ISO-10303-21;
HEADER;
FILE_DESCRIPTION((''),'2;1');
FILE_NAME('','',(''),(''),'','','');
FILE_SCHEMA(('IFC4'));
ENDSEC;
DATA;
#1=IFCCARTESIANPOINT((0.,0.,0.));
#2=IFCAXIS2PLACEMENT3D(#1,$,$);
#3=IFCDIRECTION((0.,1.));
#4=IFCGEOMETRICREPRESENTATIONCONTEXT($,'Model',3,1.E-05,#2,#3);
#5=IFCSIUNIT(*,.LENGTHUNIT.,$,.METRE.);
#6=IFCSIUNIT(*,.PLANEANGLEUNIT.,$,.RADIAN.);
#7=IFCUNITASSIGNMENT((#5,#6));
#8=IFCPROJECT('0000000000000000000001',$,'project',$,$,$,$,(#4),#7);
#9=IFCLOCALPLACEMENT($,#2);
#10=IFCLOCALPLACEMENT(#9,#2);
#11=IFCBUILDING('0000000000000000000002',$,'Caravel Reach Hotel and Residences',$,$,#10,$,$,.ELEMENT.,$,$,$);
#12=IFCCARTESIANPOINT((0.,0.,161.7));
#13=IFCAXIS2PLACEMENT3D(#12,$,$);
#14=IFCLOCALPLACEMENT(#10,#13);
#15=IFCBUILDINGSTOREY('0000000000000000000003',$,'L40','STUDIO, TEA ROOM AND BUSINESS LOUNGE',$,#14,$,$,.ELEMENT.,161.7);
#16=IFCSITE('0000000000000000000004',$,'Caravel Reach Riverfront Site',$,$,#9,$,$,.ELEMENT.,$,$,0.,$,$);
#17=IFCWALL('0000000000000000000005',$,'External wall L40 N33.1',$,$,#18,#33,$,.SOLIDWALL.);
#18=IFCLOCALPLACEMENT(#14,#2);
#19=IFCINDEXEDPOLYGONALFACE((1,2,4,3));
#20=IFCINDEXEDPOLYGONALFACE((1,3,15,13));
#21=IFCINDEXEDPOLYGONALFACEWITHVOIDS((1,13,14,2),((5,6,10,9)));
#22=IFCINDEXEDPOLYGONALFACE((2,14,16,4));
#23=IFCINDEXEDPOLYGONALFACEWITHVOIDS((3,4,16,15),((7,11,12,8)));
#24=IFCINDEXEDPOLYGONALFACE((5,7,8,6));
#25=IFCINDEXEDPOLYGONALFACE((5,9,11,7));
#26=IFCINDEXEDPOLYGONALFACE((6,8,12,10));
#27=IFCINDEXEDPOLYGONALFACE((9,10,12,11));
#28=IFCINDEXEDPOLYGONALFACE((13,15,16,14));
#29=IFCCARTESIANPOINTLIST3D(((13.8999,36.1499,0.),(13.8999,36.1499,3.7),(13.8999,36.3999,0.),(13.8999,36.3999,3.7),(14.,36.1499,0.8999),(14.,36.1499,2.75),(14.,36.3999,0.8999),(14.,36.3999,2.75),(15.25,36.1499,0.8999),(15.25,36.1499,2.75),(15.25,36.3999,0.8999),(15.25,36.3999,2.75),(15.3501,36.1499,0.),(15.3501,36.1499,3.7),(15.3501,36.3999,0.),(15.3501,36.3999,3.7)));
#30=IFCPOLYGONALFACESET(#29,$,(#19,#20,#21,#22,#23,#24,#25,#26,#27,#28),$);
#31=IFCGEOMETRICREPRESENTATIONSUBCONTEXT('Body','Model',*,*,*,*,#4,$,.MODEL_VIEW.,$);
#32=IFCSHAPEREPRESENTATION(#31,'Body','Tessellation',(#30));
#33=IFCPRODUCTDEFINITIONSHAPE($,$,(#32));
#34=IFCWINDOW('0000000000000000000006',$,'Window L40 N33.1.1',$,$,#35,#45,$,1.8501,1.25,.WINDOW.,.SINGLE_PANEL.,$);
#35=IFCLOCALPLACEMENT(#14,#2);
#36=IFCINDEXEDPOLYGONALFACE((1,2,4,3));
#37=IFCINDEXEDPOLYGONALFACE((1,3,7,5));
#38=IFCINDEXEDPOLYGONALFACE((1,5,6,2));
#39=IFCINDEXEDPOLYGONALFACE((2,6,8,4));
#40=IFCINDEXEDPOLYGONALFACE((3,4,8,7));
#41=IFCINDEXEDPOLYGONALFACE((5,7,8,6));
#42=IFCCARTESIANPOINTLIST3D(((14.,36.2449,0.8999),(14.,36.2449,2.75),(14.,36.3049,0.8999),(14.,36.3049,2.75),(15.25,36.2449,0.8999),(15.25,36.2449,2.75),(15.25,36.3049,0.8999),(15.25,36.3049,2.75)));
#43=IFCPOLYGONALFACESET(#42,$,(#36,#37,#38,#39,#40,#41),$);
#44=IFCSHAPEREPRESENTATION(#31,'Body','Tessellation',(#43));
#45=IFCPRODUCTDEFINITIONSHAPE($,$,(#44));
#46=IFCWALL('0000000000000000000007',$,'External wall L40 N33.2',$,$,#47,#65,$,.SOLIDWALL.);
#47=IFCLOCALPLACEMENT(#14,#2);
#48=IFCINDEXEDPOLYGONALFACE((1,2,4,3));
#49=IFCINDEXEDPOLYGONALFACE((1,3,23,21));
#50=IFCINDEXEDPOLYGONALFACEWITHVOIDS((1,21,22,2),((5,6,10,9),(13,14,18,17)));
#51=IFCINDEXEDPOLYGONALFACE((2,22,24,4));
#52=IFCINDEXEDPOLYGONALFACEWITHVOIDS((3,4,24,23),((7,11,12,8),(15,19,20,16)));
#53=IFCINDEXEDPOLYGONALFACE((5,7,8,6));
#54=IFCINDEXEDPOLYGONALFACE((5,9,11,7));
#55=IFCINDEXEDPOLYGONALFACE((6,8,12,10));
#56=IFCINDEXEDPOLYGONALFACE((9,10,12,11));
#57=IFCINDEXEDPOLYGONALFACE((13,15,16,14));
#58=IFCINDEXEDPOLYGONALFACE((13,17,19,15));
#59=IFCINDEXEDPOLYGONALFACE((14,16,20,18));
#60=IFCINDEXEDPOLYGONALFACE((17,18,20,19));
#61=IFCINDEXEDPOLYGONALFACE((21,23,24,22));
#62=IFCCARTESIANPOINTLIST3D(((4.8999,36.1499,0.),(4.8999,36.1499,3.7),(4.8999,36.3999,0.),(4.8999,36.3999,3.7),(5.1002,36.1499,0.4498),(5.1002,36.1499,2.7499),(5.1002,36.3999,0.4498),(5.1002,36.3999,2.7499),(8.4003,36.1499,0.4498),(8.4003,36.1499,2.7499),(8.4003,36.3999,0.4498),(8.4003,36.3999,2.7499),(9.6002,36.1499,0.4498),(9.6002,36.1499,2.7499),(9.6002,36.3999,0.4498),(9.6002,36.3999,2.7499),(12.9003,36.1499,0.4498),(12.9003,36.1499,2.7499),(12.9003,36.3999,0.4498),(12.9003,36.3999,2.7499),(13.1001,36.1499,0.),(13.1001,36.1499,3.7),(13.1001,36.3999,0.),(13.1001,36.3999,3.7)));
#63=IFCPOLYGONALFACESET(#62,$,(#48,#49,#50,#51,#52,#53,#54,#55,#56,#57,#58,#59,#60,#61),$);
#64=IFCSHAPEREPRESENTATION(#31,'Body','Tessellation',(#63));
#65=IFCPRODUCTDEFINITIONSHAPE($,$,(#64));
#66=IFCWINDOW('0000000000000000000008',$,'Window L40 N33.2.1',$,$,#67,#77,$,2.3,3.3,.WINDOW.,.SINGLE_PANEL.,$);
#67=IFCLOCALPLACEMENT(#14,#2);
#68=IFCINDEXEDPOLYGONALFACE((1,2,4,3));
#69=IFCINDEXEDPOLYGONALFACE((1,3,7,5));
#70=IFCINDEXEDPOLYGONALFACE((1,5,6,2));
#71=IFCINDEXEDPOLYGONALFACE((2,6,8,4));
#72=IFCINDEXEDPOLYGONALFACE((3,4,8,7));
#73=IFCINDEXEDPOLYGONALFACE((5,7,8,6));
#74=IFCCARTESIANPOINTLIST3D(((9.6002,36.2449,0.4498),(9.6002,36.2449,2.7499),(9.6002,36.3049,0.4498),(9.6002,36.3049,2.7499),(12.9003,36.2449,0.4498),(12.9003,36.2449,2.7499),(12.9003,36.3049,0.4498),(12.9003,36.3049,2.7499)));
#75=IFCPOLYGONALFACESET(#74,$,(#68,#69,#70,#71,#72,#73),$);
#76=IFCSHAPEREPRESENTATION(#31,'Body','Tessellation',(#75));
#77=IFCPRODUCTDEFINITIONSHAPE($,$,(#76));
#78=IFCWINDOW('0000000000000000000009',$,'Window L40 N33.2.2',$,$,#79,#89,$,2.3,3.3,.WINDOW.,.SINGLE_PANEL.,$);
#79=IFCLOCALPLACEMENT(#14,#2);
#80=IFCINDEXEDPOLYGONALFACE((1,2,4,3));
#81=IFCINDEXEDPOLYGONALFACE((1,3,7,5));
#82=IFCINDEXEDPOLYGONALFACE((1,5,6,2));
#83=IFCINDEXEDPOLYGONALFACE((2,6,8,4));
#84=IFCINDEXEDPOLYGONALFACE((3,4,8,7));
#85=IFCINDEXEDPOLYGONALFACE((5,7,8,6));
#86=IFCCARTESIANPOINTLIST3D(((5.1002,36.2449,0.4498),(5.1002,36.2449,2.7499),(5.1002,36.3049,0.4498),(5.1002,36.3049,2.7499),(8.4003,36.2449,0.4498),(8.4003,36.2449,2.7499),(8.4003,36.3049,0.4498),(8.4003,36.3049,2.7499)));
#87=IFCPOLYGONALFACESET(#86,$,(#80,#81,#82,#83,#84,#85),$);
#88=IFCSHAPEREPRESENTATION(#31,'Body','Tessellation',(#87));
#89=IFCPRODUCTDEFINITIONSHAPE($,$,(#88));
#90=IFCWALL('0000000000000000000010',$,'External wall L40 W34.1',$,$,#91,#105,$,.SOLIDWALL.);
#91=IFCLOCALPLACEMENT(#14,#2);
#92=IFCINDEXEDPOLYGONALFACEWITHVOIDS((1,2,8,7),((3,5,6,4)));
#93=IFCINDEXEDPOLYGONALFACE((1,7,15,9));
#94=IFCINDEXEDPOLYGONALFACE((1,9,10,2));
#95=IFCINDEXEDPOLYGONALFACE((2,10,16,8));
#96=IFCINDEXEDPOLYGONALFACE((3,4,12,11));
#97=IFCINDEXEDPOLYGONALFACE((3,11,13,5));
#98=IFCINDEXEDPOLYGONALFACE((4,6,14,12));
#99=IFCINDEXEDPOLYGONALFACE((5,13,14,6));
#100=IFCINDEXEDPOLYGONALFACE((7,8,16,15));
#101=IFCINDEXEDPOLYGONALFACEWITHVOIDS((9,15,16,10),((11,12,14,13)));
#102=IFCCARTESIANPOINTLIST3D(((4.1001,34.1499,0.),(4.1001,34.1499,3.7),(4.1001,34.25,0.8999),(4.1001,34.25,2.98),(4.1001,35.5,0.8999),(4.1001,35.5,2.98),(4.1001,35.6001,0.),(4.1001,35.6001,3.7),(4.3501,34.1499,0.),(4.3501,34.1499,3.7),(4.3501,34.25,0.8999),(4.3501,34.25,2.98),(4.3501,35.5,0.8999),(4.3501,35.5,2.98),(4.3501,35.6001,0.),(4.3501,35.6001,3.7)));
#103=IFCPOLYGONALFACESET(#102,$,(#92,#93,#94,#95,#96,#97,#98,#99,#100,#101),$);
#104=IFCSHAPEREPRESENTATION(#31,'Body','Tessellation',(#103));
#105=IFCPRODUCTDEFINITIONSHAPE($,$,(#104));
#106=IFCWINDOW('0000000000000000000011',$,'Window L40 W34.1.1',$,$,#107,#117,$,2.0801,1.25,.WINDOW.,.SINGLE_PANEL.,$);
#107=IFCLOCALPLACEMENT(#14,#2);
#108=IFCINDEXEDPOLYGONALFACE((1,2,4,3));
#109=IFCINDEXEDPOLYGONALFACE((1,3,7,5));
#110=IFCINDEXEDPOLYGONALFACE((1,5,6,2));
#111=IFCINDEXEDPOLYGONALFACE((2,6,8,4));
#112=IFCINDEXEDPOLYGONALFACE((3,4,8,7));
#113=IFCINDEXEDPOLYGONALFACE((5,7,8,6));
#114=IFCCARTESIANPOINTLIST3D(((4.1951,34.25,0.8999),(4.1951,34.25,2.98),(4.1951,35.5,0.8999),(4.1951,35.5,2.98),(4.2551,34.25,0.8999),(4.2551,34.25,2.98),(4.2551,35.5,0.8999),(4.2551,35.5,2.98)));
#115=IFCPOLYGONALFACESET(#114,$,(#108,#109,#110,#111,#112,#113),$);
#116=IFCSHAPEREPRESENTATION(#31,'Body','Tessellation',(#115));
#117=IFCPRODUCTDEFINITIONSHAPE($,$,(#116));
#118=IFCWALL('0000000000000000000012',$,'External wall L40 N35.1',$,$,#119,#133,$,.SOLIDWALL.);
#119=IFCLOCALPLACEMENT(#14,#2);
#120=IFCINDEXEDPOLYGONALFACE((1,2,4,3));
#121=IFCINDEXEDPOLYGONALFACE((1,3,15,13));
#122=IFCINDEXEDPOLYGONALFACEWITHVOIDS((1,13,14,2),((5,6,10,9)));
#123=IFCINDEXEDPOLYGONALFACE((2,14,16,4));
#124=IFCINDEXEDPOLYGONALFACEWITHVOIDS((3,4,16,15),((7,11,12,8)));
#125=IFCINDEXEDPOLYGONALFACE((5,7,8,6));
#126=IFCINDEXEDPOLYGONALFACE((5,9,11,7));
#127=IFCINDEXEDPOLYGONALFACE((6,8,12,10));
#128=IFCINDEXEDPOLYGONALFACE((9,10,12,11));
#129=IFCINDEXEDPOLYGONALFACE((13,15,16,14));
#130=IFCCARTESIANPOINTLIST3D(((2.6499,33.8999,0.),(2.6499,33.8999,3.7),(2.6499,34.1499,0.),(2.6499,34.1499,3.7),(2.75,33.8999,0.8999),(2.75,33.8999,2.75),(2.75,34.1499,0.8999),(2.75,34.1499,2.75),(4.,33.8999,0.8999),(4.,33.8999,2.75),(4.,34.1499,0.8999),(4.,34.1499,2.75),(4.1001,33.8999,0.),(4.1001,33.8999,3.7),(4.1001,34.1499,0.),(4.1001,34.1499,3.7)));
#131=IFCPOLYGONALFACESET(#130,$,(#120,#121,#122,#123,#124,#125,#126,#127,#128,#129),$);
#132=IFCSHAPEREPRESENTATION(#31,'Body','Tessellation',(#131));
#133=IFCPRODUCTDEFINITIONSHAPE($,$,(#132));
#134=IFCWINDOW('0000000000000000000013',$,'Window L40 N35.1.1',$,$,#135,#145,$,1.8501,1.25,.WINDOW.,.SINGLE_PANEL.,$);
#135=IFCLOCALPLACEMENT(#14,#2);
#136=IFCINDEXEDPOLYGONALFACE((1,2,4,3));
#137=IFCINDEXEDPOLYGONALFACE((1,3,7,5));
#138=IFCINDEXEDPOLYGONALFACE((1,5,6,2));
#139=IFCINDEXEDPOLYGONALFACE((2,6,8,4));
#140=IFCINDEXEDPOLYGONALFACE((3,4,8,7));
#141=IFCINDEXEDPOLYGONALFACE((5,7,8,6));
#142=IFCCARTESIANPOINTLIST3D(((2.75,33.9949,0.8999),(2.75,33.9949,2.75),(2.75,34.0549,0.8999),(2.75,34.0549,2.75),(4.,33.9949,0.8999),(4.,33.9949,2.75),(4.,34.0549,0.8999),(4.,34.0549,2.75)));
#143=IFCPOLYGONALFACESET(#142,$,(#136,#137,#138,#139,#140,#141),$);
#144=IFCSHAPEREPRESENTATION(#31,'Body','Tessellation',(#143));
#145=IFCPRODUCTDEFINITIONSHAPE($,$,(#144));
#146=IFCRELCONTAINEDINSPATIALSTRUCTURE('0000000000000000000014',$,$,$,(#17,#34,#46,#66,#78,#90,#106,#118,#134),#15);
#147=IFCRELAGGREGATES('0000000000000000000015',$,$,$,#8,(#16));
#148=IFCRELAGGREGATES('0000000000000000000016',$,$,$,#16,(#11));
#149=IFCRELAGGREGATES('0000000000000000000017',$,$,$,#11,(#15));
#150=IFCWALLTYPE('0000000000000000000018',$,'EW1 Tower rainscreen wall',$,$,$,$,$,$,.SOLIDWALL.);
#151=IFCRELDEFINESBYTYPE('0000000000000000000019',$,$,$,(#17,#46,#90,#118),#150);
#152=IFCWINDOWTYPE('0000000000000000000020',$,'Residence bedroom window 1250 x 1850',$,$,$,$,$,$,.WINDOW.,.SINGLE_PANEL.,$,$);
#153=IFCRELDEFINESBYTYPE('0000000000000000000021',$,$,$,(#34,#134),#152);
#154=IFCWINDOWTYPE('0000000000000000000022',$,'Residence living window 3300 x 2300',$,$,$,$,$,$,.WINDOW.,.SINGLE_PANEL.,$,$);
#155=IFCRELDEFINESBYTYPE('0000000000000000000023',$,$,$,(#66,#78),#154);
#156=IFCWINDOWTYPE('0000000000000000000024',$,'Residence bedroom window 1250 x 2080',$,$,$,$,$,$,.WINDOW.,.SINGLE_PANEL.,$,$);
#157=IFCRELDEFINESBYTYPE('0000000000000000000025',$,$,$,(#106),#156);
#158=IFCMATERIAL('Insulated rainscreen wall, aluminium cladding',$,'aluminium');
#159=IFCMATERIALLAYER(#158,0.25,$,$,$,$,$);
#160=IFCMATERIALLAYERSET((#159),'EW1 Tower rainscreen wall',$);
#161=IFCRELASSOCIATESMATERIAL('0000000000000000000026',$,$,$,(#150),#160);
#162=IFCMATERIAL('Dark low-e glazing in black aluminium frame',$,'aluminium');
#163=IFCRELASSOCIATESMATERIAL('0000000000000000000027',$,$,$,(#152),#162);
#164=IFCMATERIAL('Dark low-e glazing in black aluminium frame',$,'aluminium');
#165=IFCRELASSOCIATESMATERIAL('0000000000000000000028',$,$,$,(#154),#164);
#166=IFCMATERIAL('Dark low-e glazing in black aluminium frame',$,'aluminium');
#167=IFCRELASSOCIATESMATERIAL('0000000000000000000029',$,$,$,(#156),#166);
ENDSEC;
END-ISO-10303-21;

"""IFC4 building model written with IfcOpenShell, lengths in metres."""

from ifc_helpers import new_model, si_unit, direction, frame, frame_2d, origin, place, context, subcontext, project, spatial, rectangle, extrude, material, layer, layer_set, type_object, element, fill, save


model = new_model("IFC4")

# Units and contexts
model_context = context("Model", 3, precision=1e-05, world=origin(), true_north=direction((0.0, 1.0)))
body_context = subcontext(model_context, "Body", "Model", "MODEL_VIEW")
ifc_project = project(units=[si_unit("LENGTHUNIT", "METRE"), si_unit("PLANEANGLEUNIT", "RADIAN")], contexts=[model_context])

# Site, building, storey
site_placement = place(None, origin())
site = spatial("IfcSite", under=ifc_project, at=site_placement, Name="Caravel Reach Riverfront Site", CompositionType="ELEMENT", RefElevation=0.0)
building_placement = place(site_placement, origin())
building = spatial("IfcBuilding", under=site, at=building_placement, Name="Caravel Reach Hotel and Residences", CompositionType="ELEMENT")
storey_placement = place(building_placement, frame((0.0, 0.0, 161.7)))
storey = spatial("IfcBuildingStorey", under=building, at=storey_placement, Name="L40", Description="STUDIO, TEA ROOM AND BUSINESS LOUNGE", CompositionType="ELEMENT", Elevation=161.7)

# Wall, opening, window
ifc_material_1 = material(Name="Insulated rainscreen wall, aluminium cladding", Category="aluminium")
ifc_layer = layer(ifc_material_1, 0.25)
ifc_layer_set = layer_set([ifc_layer], Name="EW1 Tower rainscreen wall")
wall_type = type_object("IfcWallType", Name="EW1 Tower rainscreen wall", PredefinedType="SOLIDWALL", material=ifc_layer_set)
ifc_material_2 = material(Name="Dark low-e glazing in black aluminium frame", Category="aluminium")
window_type_1 = type_object("IfcWindowType", Name="Residence bedroom window 1250 x 1850", PartitioningType="SINGLE_PANEL", PredefinedType="WINDOW", material=ifc_material_2)
wall_1_placement = place(storey_placement, frame((15.3501, 36.2749, 0.0), z_axis=(0.0, 0.0, 1.0), x_axis=(-1.0, 0.0, 0.0)))
wall_1 = element("IfcWall", 1, at=wall_1_placement, inside=storey, type_object=wall_type, Name="External wall L40 N33.1", PredefinedType="SOLIDWALL", context=body_context, shape_type="SweptSolid", body=[
    extrude(rectangle(XDim=1.4502, YDim=0.25, at=frame_2d((0.7251, 0.0))), origin(), (0.0, 0.0, 1.0), 3.7),
])
opening_1_placement = place(wall_1_placement, frame((0.1001, 0.0, 0.8999)))
opening_1 = element("IfcOpeningElement", 2, at=opening_1_placement, cuts=wall_1, PredefinedType="OPENING", context=body_context, shape_type="SweptSolid", body=[
    extrude(rectangle(XDim=1.25, YDim=1.8501, at=frame_2d((0.625, 0.925))), frame((0.0, 0.135, 0.0), z_axis=(0.0, -1.0, 0.0), x_axis=(1.0, 0.0, 0.0)), (0.0, 0.0, 1.0), 0.27),
])
window_1_placement = place(opening_1_placement, origin())
window_1 = element("IfcWindow", 3, at=window_1_placement, inside=storey, type_object=window_type_1, Name="Window L40 N33.1.1", OverallHeight=1.8501, OverallWidth=1.25, PartitioningType="SINGLE_PANEL", PredefinedType="WINDOW", context=body_context, shape_type="SweptSolid", body=[
    extrude(rectangle(XDim=1.25, YDim=1.8501, at=frame_2d((0.625, 0.925))), frame((0.0, 0.03, 0.0), z_axis=(0.0, -1.0, 0.0), x_axis=(1.0, 0.0, 0.0)), (0.0, 0.0, 1.0), 0.0601),
])
fill(opening_1, window_1)

# Wall, openings, windows
wall_2_placement = place(storey_placement, frame((13.1001, 36.2749, 0.0), z_axis=(0.0, 0.0, 1.0), x_axis=(-1.0, 0.0, 0.0)))
wall_2 = element("IfcWall", 4, at=wall_2_placement, inside=storey, type_object=wall_type, Name="External wall L40 N33.2", PredefinedType="SOLIDWALL", context=body_context, shape_type="SweptSolid", body=[
    extrude(rectangle(XDim=8.2002, YDim=0.25, at=frame_2d((4.1001, 0.0))), origin(), (0.0, 0.0, 1.0), 3.7),
])
opening_2_placement = place(wall_2_placement, frame((0.2, 0.0, 0.45)))
opening_2 = element("IfcOpeningElement", 5, at=opening_2_placement, cuts=wall_2, PredefinedType="OPENING", context=body_context, shape_type="SweptSolid", body=[
    extrude(rectangle(XDim=3.3, YDim=2.3, at=frame_2d((1.6499, 1.1499))), frame((0.0, 0.135, 0.0), z_axis=(0.0, -1.0, 0.0), x_axis=(1.0, 0.0, 0.0)), (0.0, 0.0, 1.0), 0.27),
])
opening_3_placement = place(wall_2_placement, frame((4.7, 0.0, 0.45)))
opening_3 = element("IfcOpeningElement", 6, at=opening_3_placement, cuts=wall_2, PredefinedType="OPENING", context=body_context, shape_type="SweptSolid", body=[
    extrude(rectangle(XDim=3.3, YDim=2.3, at=frame_2d((1.6499, 1.1499))), frame((0.0, 0.135, 0.0), z_axis=(0.0, -1.0, 0.0), x_axis=(1.0, 0.0, 0.0)), (0.0, 0.0, 1.0), 0.27),
])
ifc_material_3 = material(Name="Dark low-e glazing in black aluminium frame", Category="aluminium")
window_type_2 = type_object("IfcWindowType", Name="Residence living window 3300 x 2300", PartitioningType="SINGLE_PANEL", PredefinedType="WINDOW", material=ifc_material_3)
window_2_placement = place(opening_2_placement, origin())
window_2 = element("IfcWindow", 7, at=window_2_placement, inside=storey, type_object=window_type_2, Name="Window L40 N33.2.1", OverallHeight=2.3, OverallWidth=3.3, PartitioningType="SINGLE_PANEL", PredefinedType="WINDOW", context=body_context, shape_type="SweptSolid", body=[
    extrude(rectangle(XDim=3.3, YDim=2.3, at=frame_2d((1.6499, 1.1499))), frame((0.0, 0.03, 0.0), z_axis=(0.0, -1.0, 0.0), x_axis=(1.0, 0.0, 0.0)), (0.0, 0.0, 1.0), 0.0601),
])
fill(opening_2, window_2)
window_3_placement = place(opening_3_placement, origin())
window_3 = element("IfcWindow", 8, at=window_3_placement, inside=storey, type_object=window_type_2, Name="Window L40 N33.2.2", OverallHeight=2.3, OverallWidth=3.3, PartitioningType="SINGLE_PANEL", PredefinedType="WINDOW", context=body_context, shape_type="SweptSolid", body=[
    extrude(rectangle(XDim=3.3, YDim=2.3, at=frame_2d((1.6499, 1.1499))), frame((0.0, 0.03, 0.0), z_axis=(0.0, -1.0, 0.0), x_axis=(1.0, 0.0, 0.0)), (0.0, 0.0, 1.0), 0.0601),
])
fill(opening_3, window_3)

# Walls, openings, windows
wall_3_placement = place(storey_placement, frame((4.2251, 35.6001, 0.0), z_axis=(0.0, 0.0, 1.0), x_axis=(0.0, -1.0, 0.0)))
wall_3 = element("IfcWall", 9, at=wall_3_placement, inside=storey, type_object=wall_type, Name="External wall L40 W34.1", PredefinedType="SOLIDWALL", context=body_context, shape_type="SweptSolid", body=[
    extrude(rectangle(XDim=1.4502, YDim=0.25, at=frame_2d((0.7251, 0.0))), origin(), (0.0, 0.0, 1.0), 3.7),
])
opening_4_placement = place(wall_3_placement, frame((0.1001, 0.0, 0.8999)))
opening_4 = element("IfcOpeningElement", 10, at=opening_4_placement, cuts=wall_3, PredefinedType="OPENING", context=body_context, shape_type="SweptSolid", body=[
    extrude(rectangle(XDim=1.25, YDim=2.0801, at=frame_2d((0.625, 1.04))), frame((0.0, 0.135, 0.0), z_axis=(0.0, -1.0, 0.0), x_axis=(1.0, 0.0, 0.0)), (0.0, 0.0, 1.0), 0.27),
])
ifc_material_4 = material(Name="Dark low-e glazing in black aluminium frame", Category="aluminium")
window_type_3 = type_object("IfcWindowType", Name="Residence bedroom window 1250 x 2080", PartitioningType="SINGLE_PANEL", PredefinedType="WINDOW", material=ifc_material_4)
window_4_placement = place(opening_4_placement, origin())
window_4 = element("IfcWindow", 11, at=window_4_placement, inside=storey, type_object=window_type_3, Name="Window L40 W34.1.1", OverallHeight=2.0801, OverallWidth=1.25, PartitioningType="SINGLE_PANEL", PredefinedType="WINDOW", context=body_context, shape_type="SweptSolid", body=[
    extrude(rectangle(XDim=1.25, YDim=2.0801, at=frame_2d((0.625, 1.04))), frame((0.0, 0.03, 0.0), z_axis=(0.0, -1.0, 0.0), x_axis=(1.0, 0.0, 0.0)), (0.0, 0.0, 1.0), 0.0601),
])
fill(opening_4, window_4)
wall_4_placement = place(storey_placement, frame((4.1001, 34.0249, 0.0), z_axis=(0.0, 0.0, 1.0), x_axis=(-1.0, 0.0, 0.0)))
wall_4 = element("IfcWall", 12, at=wall_4_placement, inside=storey, type_object=wall_type, Name="External wall L40 N35.1", PredefinedType="SOLIDWALL", context=body_context, shape_type="SweptSolid", body=[
    extrude(rectangle(XDim=1.4502, YDim=0.25, at=frame_2d((0.7251, 0.0))), origin(), (0.0, 0.0, 1.0), 3.7),
])
opening_5_placement = place(wall_4_placement, frame((0.1001, 0.0, 0.8999)))
opening_5 = element("IfcOpeningElement", 13, at=opening_5_placement, cuts=wall_4, PredefinedType="OPENING", context=body_context, shape_type="SweptSolid", body=[
    extrude(rectangle(XDim=1.25, YDim=1.8501, at=frame_2d((0.625, 0.925))), frame((0.0, 0.135, 0.0), z_axis=(0.0, -1.0, 0.0), x_axis=(1.0, 0.0, 0.0)), (0.0, 0.0, 1.0), 0.27),
])
window_5_placement = place(opening_5_placement, origin())
window_5 = element("IfcWindow", 14, at=window_5_placement, inside=storey, type_object=window_type_1, Name="Window L40 N35.1.1", OverallHeight=1.8501, OverallWidth=1.25, PartitioningType="SINGLE_PANEL", PredefinedType="WINDOW", context=body_context, shape_type="SweptSolid", body=[
    extrude(rectangle(XDim=1.25, YDim=1.8501, at=frame_2d((0.625, 0.925))), frame((0.0, 0.03, 0.0), z_axis=(0.0, -1.0, 0.0), x_axis=(1.0, 0.0, 0.0)), (0.0, 0.0, 1.0), 0.0601),
])
fill(opening_5, window_5)

save(model, "model.ifc")
